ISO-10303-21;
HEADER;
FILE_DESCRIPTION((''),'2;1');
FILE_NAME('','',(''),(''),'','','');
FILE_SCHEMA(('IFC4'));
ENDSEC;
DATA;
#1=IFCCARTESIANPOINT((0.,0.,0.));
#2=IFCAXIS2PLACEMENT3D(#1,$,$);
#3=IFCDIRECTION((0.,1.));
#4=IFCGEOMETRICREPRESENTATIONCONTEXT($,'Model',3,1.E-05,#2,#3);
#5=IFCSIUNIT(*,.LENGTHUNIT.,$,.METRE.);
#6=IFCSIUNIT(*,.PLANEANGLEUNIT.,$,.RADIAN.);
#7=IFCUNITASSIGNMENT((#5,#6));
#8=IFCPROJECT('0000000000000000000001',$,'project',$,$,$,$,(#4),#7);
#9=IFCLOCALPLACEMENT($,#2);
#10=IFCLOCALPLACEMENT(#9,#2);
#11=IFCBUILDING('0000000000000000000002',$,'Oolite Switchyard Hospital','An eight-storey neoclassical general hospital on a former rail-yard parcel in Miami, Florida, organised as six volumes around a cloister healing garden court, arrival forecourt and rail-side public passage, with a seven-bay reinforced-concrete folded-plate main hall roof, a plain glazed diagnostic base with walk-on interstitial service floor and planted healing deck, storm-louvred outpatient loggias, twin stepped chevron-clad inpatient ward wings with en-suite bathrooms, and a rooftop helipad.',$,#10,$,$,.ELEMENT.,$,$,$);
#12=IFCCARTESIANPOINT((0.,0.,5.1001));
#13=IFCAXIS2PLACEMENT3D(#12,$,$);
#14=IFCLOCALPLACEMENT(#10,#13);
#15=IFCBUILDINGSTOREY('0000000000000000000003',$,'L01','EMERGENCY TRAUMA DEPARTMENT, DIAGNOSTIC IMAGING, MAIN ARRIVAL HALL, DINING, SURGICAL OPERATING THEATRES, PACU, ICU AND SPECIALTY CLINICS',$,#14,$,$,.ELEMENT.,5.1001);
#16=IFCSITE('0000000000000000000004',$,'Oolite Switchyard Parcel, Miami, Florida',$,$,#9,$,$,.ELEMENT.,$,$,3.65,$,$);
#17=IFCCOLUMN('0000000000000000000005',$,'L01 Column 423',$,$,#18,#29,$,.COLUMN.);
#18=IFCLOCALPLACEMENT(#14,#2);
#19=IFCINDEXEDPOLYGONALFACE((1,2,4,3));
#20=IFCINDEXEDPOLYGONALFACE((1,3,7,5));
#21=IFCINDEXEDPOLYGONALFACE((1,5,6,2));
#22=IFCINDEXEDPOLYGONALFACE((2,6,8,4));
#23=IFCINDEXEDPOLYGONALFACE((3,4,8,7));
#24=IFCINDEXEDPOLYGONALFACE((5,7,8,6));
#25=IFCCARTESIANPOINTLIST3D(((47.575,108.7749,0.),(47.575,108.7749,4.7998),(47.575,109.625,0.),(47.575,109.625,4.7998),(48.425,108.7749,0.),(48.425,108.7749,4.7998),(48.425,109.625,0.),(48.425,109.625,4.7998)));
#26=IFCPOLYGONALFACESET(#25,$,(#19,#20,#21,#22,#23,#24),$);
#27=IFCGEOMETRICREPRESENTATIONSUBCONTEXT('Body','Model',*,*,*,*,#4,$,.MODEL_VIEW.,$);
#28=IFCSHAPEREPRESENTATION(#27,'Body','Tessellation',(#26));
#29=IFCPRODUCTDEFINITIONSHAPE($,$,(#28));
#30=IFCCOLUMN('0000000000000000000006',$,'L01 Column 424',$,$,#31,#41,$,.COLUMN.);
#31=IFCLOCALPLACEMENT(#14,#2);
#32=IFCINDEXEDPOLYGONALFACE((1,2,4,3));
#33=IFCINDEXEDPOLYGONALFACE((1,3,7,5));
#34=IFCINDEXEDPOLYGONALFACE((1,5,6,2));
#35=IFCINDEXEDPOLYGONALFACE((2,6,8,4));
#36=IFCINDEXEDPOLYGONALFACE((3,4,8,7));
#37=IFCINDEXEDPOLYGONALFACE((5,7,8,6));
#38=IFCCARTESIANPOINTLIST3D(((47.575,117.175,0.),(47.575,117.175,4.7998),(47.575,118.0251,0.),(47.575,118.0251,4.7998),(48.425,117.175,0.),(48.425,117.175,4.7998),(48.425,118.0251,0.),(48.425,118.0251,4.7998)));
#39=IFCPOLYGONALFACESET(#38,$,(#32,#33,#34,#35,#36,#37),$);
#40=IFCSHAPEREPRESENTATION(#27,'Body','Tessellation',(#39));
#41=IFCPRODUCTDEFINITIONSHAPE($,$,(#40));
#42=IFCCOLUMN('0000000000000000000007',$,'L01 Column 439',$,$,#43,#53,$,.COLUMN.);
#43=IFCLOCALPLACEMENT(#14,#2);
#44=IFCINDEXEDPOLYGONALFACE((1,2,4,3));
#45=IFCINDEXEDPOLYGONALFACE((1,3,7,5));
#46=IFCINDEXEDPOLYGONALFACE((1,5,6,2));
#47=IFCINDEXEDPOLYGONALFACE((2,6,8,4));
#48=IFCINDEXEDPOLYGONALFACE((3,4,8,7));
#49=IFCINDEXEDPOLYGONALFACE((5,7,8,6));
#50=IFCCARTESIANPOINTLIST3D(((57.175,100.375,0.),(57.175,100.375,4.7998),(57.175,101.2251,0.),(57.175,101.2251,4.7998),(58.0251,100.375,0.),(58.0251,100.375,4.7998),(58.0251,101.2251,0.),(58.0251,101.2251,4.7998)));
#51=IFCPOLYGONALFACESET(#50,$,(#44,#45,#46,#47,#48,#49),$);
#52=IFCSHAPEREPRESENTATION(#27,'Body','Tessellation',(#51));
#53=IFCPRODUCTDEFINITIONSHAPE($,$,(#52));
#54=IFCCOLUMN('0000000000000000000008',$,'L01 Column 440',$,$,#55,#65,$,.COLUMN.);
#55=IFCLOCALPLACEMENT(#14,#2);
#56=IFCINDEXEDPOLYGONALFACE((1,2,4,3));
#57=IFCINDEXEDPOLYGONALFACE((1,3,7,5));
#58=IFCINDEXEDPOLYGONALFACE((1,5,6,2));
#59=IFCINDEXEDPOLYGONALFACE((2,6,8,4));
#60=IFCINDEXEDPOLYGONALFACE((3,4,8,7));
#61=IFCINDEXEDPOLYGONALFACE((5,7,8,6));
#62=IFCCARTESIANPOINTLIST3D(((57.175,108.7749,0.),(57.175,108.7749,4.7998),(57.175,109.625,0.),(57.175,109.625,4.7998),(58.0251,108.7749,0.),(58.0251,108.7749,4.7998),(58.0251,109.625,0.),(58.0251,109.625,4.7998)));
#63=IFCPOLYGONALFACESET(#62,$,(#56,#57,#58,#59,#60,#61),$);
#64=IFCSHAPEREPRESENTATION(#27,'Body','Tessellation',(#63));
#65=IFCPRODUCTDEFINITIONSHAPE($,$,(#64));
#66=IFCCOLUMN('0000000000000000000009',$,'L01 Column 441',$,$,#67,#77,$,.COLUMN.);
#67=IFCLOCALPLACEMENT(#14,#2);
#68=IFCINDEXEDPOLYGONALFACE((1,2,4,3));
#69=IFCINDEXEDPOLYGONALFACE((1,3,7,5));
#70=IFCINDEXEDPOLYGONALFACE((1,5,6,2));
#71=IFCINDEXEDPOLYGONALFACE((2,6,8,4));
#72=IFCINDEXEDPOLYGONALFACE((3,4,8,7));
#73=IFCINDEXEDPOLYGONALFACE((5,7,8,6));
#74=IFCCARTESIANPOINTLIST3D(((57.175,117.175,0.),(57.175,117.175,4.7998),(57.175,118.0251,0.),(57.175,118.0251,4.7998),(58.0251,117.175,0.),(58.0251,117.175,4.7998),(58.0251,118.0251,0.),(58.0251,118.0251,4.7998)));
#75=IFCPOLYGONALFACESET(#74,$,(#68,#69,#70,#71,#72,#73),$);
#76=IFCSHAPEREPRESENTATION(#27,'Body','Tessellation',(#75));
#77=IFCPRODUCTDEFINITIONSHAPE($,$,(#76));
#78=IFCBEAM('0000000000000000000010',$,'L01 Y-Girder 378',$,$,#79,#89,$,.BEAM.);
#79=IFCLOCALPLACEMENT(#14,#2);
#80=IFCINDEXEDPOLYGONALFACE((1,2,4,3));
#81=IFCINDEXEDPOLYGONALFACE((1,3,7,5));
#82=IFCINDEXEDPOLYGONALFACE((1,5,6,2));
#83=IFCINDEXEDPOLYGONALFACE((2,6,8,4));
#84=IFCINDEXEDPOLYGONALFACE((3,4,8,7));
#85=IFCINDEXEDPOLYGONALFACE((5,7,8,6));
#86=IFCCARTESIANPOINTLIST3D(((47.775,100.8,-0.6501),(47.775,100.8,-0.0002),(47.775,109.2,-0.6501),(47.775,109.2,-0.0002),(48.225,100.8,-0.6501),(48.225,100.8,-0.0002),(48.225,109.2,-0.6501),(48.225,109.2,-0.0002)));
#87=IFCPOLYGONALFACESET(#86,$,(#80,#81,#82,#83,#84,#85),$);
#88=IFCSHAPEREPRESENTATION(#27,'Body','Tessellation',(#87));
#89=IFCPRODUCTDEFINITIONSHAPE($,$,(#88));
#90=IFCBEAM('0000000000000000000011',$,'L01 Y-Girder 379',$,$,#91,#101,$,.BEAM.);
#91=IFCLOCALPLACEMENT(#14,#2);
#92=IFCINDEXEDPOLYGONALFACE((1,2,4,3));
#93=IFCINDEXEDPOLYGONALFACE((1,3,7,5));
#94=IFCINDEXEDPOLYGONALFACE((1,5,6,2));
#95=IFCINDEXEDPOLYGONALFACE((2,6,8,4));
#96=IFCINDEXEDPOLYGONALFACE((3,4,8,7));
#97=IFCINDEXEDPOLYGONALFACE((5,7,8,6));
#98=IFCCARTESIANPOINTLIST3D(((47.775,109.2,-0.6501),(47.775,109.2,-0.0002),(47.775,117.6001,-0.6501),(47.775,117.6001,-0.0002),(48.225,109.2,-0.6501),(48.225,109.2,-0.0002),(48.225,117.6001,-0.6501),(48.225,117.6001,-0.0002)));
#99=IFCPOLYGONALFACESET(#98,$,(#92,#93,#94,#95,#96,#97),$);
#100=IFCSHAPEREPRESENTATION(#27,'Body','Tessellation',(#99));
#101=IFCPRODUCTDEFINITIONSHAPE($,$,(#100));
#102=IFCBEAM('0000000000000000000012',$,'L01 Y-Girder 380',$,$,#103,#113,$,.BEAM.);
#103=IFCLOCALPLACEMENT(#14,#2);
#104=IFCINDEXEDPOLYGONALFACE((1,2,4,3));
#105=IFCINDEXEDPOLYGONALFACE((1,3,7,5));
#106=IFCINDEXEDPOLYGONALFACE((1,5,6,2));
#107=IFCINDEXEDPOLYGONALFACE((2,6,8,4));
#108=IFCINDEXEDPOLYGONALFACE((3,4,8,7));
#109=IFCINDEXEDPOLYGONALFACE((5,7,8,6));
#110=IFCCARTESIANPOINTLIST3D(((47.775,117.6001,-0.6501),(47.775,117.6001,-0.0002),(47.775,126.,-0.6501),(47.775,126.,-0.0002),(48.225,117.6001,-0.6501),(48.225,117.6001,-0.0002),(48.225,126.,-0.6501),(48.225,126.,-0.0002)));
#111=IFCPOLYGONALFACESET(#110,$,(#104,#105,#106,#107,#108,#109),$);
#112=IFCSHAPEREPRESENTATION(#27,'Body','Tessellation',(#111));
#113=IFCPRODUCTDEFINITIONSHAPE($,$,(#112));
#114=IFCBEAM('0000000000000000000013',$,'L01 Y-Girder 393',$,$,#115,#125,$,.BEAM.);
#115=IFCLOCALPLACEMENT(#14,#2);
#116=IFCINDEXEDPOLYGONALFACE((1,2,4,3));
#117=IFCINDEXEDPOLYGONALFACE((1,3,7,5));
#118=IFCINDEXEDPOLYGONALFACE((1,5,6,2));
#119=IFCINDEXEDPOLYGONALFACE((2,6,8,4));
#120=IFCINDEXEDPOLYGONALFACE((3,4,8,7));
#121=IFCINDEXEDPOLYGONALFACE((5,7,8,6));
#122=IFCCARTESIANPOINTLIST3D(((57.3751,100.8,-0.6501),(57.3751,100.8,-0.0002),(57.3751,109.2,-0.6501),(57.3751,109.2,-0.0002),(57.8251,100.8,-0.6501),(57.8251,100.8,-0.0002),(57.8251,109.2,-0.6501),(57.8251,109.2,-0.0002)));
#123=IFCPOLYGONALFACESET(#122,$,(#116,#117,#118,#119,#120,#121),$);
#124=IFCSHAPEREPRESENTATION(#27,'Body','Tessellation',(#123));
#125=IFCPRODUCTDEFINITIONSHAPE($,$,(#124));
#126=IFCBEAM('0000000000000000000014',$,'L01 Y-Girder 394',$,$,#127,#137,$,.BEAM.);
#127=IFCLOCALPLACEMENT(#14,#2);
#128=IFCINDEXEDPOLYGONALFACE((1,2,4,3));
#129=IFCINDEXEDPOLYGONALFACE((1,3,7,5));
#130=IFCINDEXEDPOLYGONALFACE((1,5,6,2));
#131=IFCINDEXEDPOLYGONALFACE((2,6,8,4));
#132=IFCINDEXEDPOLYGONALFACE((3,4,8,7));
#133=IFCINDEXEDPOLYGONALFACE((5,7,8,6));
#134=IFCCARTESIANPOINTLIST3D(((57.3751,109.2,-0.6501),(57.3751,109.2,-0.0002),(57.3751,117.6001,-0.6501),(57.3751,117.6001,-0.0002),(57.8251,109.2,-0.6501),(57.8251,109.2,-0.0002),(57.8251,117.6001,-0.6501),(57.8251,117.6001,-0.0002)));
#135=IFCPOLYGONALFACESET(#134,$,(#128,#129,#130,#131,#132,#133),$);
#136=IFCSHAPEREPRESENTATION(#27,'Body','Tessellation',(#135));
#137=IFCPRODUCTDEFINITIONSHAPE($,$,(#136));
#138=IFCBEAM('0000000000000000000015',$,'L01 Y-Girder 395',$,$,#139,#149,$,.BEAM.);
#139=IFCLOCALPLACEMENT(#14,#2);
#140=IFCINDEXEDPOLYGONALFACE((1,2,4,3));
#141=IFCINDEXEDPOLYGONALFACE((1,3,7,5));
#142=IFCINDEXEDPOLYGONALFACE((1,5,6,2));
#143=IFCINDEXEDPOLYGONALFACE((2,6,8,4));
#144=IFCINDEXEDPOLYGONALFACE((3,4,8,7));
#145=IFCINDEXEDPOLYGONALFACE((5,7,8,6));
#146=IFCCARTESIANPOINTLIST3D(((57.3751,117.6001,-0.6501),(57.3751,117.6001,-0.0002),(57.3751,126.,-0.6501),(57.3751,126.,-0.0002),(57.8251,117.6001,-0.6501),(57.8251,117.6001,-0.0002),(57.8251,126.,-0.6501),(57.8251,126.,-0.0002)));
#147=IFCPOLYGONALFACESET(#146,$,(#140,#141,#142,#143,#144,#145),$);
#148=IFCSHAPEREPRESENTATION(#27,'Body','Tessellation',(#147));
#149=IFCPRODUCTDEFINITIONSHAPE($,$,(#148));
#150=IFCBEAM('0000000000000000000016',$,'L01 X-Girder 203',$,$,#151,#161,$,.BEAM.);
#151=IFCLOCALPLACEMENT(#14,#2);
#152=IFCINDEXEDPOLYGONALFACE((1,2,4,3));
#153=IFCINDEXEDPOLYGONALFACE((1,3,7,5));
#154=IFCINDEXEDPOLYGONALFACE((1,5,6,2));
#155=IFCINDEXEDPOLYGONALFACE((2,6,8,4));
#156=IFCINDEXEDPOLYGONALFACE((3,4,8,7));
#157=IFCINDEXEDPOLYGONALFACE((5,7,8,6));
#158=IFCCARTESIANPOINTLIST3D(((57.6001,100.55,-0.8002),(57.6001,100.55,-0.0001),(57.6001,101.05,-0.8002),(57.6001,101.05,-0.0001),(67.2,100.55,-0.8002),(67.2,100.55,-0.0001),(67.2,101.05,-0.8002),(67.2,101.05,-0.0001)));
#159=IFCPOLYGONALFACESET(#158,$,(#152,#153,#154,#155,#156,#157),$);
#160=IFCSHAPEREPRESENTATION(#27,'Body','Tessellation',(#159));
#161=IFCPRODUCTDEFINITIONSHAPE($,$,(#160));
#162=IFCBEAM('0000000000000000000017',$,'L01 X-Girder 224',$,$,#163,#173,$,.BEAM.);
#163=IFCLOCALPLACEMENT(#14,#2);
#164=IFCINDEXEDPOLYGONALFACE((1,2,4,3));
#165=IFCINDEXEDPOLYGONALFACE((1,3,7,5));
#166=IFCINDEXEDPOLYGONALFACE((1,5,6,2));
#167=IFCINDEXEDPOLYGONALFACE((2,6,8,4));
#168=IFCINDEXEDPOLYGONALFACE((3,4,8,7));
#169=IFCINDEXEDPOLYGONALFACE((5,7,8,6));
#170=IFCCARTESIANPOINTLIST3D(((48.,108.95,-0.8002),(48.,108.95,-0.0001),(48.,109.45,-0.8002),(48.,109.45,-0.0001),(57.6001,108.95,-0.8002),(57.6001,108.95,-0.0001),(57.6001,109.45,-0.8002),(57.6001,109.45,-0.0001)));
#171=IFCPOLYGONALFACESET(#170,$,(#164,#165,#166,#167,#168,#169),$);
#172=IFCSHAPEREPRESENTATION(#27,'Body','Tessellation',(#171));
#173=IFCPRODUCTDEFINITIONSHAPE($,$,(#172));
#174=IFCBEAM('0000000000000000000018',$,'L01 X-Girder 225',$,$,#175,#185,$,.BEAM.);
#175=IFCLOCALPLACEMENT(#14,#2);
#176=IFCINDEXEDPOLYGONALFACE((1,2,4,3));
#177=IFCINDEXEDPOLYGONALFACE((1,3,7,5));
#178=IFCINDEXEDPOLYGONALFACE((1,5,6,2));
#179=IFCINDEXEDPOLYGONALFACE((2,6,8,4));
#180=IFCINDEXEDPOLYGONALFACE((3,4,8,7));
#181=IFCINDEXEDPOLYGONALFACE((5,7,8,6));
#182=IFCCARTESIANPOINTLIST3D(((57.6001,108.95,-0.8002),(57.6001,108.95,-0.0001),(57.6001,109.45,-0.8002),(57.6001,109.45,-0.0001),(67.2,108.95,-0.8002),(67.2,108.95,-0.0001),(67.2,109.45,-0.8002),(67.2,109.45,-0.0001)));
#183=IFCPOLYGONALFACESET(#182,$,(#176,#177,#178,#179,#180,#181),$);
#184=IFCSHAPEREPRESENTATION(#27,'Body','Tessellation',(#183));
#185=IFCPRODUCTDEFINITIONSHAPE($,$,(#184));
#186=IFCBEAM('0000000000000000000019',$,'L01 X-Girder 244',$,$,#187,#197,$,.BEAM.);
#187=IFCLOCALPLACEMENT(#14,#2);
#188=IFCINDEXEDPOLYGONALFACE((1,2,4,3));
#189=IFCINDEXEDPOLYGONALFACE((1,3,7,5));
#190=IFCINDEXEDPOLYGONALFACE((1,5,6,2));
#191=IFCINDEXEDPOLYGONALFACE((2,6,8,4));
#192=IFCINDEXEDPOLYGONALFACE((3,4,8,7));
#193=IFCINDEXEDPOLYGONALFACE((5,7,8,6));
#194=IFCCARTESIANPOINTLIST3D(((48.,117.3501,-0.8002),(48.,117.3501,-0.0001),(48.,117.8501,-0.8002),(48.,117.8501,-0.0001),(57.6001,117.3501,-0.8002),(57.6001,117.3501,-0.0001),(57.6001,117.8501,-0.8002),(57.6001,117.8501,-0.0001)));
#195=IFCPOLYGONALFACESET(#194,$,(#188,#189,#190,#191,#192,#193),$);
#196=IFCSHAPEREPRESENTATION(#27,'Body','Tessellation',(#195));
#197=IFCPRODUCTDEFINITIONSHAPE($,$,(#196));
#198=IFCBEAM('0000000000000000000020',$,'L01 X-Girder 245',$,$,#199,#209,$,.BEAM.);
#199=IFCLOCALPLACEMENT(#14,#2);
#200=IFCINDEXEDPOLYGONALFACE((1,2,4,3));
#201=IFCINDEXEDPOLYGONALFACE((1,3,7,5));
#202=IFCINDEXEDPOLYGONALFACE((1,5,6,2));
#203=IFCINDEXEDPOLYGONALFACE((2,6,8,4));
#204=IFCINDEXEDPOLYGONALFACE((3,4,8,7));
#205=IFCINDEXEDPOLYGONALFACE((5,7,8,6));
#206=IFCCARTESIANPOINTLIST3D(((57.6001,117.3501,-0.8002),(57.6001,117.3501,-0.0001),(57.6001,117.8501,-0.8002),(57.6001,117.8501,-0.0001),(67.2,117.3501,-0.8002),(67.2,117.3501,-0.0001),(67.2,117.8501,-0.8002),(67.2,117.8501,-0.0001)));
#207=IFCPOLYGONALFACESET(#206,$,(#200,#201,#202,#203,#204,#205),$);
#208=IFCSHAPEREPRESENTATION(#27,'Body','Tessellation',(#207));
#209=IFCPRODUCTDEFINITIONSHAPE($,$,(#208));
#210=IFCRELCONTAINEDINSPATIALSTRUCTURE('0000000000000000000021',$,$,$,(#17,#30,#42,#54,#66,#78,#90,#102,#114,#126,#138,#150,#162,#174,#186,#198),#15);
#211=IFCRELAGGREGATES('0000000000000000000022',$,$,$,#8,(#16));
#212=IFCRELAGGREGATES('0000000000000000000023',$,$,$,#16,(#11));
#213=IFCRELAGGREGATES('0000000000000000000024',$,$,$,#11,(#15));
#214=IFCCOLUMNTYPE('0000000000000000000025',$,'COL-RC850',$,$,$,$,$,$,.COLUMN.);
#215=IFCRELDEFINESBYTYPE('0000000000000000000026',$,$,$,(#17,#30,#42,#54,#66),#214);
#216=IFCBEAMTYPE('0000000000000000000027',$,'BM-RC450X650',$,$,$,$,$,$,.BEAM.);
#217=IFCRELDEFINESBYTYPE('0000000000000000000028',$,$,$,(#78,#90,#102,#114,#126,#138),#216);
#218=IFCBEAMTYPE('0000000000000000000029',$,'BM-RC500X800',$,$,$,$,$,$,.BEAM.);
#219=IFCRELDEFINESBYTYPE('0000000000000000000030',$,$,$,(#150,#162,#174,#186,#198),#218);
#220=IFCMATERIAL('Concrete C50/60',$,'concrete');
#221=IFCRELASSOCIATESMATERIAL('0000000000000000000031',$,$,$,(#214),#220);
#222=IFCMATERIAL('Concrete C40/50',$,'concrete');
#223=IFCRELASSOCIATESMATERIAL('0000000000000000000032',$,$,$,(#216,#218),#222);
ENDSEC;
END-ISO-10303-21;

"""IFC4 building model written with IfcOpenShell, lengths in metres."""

from ifc_helpers import new_model, si_unit, direction, frame, origin, origin_2d, place, context, subcontext, project, spatial, rectangle, extrude, material, material_profile, profile_set, type_object, element, save


model = new_model("IFC4")

# Units and contexts
model_context = context("Model", 3, precision=1e-05, world=origin(), true_north=direction((0.0, 1.0)))
body_context = subcontext(model_context, "Body", "Model", "MODEL_VIEW")
ifc_project = project(units=[si_unit("LENGTHUNIT", "METRE"), si_unit("PLANEANGLEUNIT", "RADIAN")], contexts=[model_context])

# Site, building, storey
site_placement = place(None, origin())
site = spatial("IfcSite", under=ifc_project, at=site_placement, Name="Oolite Switchyard Parcel, Miami, Florida", CompositionType="ELEMENT", RefElevation=3.65)
building_placement = place(site_placement, origin())
building = spatial("IfcBuilding", under=site, at=building_placement, Name="Oolite Switchyard Hospital", Description="An eight-storey neoclassical general hospital on a former rail-yard parcel in Miami, Florida, organised as six volumes around a cloister healing garden court, arrival forecourt and rail-side public passage, with a seven-bay reinforced-concrete folded-plate main hall roof, a plain glazed diagnostic base with walk-on interstitial service floor and planted healing deck, storm-louvred outpatient loggias, twin stepped chevron-clad inpatient ward wings with en-suite bathrooms, and a rooftop helipad.", CompositionType="ELEMENT")
storey_placement = place(building_placement, frame((0.0, 0.0, 5.1001)))
storey = spatial("IfcBuildingStorey", under=building, at=storey_placement, Name="L01", Description="EMERGENCY TRAUMA DEPARTMENT, DIAGNOSTIC IMAGING, MAIN ARRIVAL HALL, DINING, SURGICAL OPERATING THEATRES, PACU, ICU AND SPECIALTY CLINICS", CompositionType="ELEMENT", Elevation=5.1001)

# Columns
ifc_material_1 = material(Name="Concrete C50/60", Category="concrete")
ifc_material_profile_1 = material_profile(ifc_material_1, rectangle(XDim=0.8501, YDim=0.8501, at=origin_2d()), Name="RC850X850")
ifc_profile_set_1 = profile_set([ifc_material_profile_1], Name="Concrete C50/60")
column_type = type_object("IfcColumnType", Name="COL-RC850", PredefinedType="COLUMN", material=ifc_profile_set_1)
for number, where, z_axis, x_axis, name in (
    (1, (48.0, 109.2, 0.0), (0.0, 0.0, 1.0), (1.0, 0.0, 0.0), "L01 Column 423"),
    (2, (48.0, 117.6001, 0.0), (0.0, 0.0, 1.0), (1.0, 0.0, 0.0), "L01 Column 424"),
    (3, (57.6001, 100.8, 0.0), (0.0, 0.0, 1.0), (1.0, 0.0, 0.0), "L01 Column 439"),
    (4, (57.6001, 109.2, 0.0), (0.0, 0.0, 1.0), (1.0, 0.0, 0.0), "L01 Column 440"),
    (5, (57.6001, 117.6001, 0.0), (0.0, 0.0, 1.0), (1.0, 0.0, 0.0), "L01 Column 441"),
):
    element("IfcColumn", number, at=place(storey_placement, frame(where, z_axis=z_axis, x_axis=x_axis)), inside=storey, type_object=column_type, Name=name, PredefinedType="COLUMN", context=body_context, shape_type="SweptSolid", body=[
        extrude(rectangle(XDim=0.8501, YDim=0.8501, at=origin_2d()), origin(), (0.0, 0.0, 1.0), 4.7998),
    ])

# Beams
ifc_material_2 = material(Name="Concrete C40/50", Category="concrete")
ifc_material_profile_2 = material_profile(ifc_material_2, rectangle(XDim=0.45, YDim=0.6499, at=origin_2d()), Name="RCB450X650")
ifc_profile_set_2 = profile_set([ifc_material_profile_2], Name="Concrete C40/50")
beam_type_1 = type_object("IfcBeamType", Name="BM-RC450X650", PredefinedType="BEAM", material=ifc_profile_set_2)
beam_1_placement = place(storey_placement, frame((48.0, 100.8, -0.3252), z_axis=(0.0, 1.0, 0.0), x_axis=(-1.0, 0.0, 0.0)))
element("IfcBeam", 6, at=beam_1_placement, inside=storey, type_object=beam_type_1, Name="L01 Y-Girder 378", PredefinedType="BEAM", context=body_context, shape_type="SweptSolid", body=[
    extrude(rectangle(XDim=0.45, YDim=0.6499, at=origin_2d()), origin(), (0.0, 0.0, 1.0), 8.3999),
])
beam_2_placement = place(storey_placement, frame((48.0, 109.2, -0.3252), z_axis=(0.0, 1.0, 0.0), x_axis=(-1.0, 0.0, 0.0)))
element("IfcBeam", 7, at=beam_2_placement, inside=storey, type_object=beam_type_1, Name="L01 Y-Girder 379", PredefinedType="BEAM", context=body_context, shape_type="SweptSolid", body=[
    extrude(rectangle(XDim=0.45, YDim=0.6499, at=origin_2d()), origin(), (0.0, 0.0, 1.0), 8.4001),
])
for number, where, z_axis, x_axis, name in (
    (8, (48.0, 117.6001, -0.3252), (0.0, 1.0, 0.0), (-1.0, 0.0, 0.0), "L01 Y-Girder 380"),
    (9, (57.6001, 100.8, -0.3252), (0.0, 1.0, 0.0), (-1.0, 0.0, 0.0), "L01 Y-Girder 393"),
):
    element("IfcBeam", number, at=place(storey_placement, frame(where, z_axis=z_axis, x_axis=x_axis)), inside=storey, type_object=beam_type_1, Name=name, PredefinedType="BEAM", context=body_context, shape_type="SweptSolid", body=[
        extrude(rectangle(XDim=0.45, YDim=0.6499, at=origin_2d()), origin(), (0.0, 0.0, 1.0), 8.3999),
    ])
beam_3_placement = place(storey_placement, frame((57.6001, 109.2, -0.3252), z_axis=(0.0, 1.0, 0.0), x_axis=(-1.0, 0.0, 0.0)))
element("IfcBeam", 10, at=beam_3_placement, inside=storey, type_object=beam_type_1, Name="L01 Y-Girder 394", PredefinedType="BEAM", context=body_context, shape_type="SweptSolid", body=[
    extrude(rectangle(XDim=0.45, YDim=0.6499, at=origin_2d()), origin(), (0.0, 0.0, 1.0), 8.4001),
])
beam_4_placement = place(storey_placement, frame((57.6001, 117.6001, -0.3252), z_axis=(0.0, 1.0, 0.0), x_axis=(-1.0, 0.0, 0.0)))
element("IfcBeam", 11, at=beam_4_placement, inside=storey, type_object=beam_type_1, Name="L01 Y-Girder 395", PredefinedType="BEAM", context=body_context, shape_type="SweptSolid", body=[
    extrude(rectangle(XDim=0.45, YDim=0.6499, at=origin_2d()), origin(), (0.0, 0.0, 1.0), 8.3999),
])
ifc_material_profile_3 = material_profile(ifc_material_2, rectangle(XDim=0.5, YDim=0.8, at=origin_2d()), Name="RCB500X800")
ifc_profile_set_3 = profile_set([ifc_material_profile_3], Name="Concrete C40/50")
beam_type_2 = type_object("IfcBeamType", Name="BM-RC500X800", PredefinedType="BEAM", material=ifc_profile_set_3)
beam_5_placement = place(storey_placement, frame((57.6001, 100.8, -0.4001), z_axis=(1.0, 0.0, 0.0), x_axis=(0.0, 1.0, 0.0)))
element("IfcBeam", 12, at=beam_5_placement, inside=storey, type_object=beam_type_2, Name="L01 X-Girder 203", PredefinedType="BEAM", context=body_context, shape_type="SweptSolid", body=[
    extrude(rectangle(XDim=0.5, YDim=0.8, at=origin_2d()), origin(), (0.0, 0.0, 1.0), 9.5999),
])
beam_6_placement = place(storey_placement, frame((48.0, 109.2, -0.4001), z_axis=(1.0, 0.0, 0.0), x_axis=(0.0, 1.0, 0.0)))
element("IfcBeam", 13, at=beam_6_placement, inside=storey, type_object=beam_type_2, Name="L01 X-Girder 224", PredefinedType="BEAM", context=body_context, shape_type="SweptSolid", body=[
    extrude(rectangle(XDim=0.5, YDim=0.8, at=origin_2d()), origin(), (0.0, 0.0, 1.0), 9.6001),
])
beam_7_placement = place(storey_placement, frame((57.6001, 109.2, -0.4001), z_axis=(1.0, 0.0, 0.0), x_axis=(0.0, 1.0, 0.0)))
element("IfcBeam", 14, at=beam_7_placement, inside=storey, type_object=beam_type_2, Name="L01 X-Girder 225", PredefinedType="BEAM", context=body_context, shape_type="SweptSolid", body=[
    extrude(rectangle(XDim=0.5, YDim=0.8, at=origin_2d()), origin(), (0.0, 0.0, 1.0), 9.5999),
])
beam_8_placement = place(storey_placement, frame((48.0, 117.6001, -0.4001), z_axis=(1.0, 0.0, 0.0), x_axis=(0.0, 1.0, 0.0)))
element("IfcBeam", 15, at=beam_8_placement, inside=storey, type_object=beam_type_2, Name="L01 X-Girder 244", PredefinedType="BEAM", context=body_context, shape_type="SweptSolid", body=[
    extrude(rectangle(XDim=0.5, YDim=0.8, at=origin_2d()), origin(), (0.0, 0.0, 1.0), 9.6001),
])
beam_9_placement = place(storey_placement, frame((57.6001, 117.6001, -0.4001), z_axis=(1.0, 0.0, 0.0), x_axis=(0.0, 1.0, 0.0)))
element("IfcBeam", 16, at=beam_9_placement, inside=storey, type_object=beam_type_2, Name="L01 X-Girder 245", PredefinedType="BEAM", context=body_context, shape_type="SweptSolid", body=[
    extrude(rectangle(XDim=0.5, YDim=0.8, at=origin_2d()), origin(), (0.0, 0.0, 1.0), 9.5999),
])

save(model, "model.ifc")
